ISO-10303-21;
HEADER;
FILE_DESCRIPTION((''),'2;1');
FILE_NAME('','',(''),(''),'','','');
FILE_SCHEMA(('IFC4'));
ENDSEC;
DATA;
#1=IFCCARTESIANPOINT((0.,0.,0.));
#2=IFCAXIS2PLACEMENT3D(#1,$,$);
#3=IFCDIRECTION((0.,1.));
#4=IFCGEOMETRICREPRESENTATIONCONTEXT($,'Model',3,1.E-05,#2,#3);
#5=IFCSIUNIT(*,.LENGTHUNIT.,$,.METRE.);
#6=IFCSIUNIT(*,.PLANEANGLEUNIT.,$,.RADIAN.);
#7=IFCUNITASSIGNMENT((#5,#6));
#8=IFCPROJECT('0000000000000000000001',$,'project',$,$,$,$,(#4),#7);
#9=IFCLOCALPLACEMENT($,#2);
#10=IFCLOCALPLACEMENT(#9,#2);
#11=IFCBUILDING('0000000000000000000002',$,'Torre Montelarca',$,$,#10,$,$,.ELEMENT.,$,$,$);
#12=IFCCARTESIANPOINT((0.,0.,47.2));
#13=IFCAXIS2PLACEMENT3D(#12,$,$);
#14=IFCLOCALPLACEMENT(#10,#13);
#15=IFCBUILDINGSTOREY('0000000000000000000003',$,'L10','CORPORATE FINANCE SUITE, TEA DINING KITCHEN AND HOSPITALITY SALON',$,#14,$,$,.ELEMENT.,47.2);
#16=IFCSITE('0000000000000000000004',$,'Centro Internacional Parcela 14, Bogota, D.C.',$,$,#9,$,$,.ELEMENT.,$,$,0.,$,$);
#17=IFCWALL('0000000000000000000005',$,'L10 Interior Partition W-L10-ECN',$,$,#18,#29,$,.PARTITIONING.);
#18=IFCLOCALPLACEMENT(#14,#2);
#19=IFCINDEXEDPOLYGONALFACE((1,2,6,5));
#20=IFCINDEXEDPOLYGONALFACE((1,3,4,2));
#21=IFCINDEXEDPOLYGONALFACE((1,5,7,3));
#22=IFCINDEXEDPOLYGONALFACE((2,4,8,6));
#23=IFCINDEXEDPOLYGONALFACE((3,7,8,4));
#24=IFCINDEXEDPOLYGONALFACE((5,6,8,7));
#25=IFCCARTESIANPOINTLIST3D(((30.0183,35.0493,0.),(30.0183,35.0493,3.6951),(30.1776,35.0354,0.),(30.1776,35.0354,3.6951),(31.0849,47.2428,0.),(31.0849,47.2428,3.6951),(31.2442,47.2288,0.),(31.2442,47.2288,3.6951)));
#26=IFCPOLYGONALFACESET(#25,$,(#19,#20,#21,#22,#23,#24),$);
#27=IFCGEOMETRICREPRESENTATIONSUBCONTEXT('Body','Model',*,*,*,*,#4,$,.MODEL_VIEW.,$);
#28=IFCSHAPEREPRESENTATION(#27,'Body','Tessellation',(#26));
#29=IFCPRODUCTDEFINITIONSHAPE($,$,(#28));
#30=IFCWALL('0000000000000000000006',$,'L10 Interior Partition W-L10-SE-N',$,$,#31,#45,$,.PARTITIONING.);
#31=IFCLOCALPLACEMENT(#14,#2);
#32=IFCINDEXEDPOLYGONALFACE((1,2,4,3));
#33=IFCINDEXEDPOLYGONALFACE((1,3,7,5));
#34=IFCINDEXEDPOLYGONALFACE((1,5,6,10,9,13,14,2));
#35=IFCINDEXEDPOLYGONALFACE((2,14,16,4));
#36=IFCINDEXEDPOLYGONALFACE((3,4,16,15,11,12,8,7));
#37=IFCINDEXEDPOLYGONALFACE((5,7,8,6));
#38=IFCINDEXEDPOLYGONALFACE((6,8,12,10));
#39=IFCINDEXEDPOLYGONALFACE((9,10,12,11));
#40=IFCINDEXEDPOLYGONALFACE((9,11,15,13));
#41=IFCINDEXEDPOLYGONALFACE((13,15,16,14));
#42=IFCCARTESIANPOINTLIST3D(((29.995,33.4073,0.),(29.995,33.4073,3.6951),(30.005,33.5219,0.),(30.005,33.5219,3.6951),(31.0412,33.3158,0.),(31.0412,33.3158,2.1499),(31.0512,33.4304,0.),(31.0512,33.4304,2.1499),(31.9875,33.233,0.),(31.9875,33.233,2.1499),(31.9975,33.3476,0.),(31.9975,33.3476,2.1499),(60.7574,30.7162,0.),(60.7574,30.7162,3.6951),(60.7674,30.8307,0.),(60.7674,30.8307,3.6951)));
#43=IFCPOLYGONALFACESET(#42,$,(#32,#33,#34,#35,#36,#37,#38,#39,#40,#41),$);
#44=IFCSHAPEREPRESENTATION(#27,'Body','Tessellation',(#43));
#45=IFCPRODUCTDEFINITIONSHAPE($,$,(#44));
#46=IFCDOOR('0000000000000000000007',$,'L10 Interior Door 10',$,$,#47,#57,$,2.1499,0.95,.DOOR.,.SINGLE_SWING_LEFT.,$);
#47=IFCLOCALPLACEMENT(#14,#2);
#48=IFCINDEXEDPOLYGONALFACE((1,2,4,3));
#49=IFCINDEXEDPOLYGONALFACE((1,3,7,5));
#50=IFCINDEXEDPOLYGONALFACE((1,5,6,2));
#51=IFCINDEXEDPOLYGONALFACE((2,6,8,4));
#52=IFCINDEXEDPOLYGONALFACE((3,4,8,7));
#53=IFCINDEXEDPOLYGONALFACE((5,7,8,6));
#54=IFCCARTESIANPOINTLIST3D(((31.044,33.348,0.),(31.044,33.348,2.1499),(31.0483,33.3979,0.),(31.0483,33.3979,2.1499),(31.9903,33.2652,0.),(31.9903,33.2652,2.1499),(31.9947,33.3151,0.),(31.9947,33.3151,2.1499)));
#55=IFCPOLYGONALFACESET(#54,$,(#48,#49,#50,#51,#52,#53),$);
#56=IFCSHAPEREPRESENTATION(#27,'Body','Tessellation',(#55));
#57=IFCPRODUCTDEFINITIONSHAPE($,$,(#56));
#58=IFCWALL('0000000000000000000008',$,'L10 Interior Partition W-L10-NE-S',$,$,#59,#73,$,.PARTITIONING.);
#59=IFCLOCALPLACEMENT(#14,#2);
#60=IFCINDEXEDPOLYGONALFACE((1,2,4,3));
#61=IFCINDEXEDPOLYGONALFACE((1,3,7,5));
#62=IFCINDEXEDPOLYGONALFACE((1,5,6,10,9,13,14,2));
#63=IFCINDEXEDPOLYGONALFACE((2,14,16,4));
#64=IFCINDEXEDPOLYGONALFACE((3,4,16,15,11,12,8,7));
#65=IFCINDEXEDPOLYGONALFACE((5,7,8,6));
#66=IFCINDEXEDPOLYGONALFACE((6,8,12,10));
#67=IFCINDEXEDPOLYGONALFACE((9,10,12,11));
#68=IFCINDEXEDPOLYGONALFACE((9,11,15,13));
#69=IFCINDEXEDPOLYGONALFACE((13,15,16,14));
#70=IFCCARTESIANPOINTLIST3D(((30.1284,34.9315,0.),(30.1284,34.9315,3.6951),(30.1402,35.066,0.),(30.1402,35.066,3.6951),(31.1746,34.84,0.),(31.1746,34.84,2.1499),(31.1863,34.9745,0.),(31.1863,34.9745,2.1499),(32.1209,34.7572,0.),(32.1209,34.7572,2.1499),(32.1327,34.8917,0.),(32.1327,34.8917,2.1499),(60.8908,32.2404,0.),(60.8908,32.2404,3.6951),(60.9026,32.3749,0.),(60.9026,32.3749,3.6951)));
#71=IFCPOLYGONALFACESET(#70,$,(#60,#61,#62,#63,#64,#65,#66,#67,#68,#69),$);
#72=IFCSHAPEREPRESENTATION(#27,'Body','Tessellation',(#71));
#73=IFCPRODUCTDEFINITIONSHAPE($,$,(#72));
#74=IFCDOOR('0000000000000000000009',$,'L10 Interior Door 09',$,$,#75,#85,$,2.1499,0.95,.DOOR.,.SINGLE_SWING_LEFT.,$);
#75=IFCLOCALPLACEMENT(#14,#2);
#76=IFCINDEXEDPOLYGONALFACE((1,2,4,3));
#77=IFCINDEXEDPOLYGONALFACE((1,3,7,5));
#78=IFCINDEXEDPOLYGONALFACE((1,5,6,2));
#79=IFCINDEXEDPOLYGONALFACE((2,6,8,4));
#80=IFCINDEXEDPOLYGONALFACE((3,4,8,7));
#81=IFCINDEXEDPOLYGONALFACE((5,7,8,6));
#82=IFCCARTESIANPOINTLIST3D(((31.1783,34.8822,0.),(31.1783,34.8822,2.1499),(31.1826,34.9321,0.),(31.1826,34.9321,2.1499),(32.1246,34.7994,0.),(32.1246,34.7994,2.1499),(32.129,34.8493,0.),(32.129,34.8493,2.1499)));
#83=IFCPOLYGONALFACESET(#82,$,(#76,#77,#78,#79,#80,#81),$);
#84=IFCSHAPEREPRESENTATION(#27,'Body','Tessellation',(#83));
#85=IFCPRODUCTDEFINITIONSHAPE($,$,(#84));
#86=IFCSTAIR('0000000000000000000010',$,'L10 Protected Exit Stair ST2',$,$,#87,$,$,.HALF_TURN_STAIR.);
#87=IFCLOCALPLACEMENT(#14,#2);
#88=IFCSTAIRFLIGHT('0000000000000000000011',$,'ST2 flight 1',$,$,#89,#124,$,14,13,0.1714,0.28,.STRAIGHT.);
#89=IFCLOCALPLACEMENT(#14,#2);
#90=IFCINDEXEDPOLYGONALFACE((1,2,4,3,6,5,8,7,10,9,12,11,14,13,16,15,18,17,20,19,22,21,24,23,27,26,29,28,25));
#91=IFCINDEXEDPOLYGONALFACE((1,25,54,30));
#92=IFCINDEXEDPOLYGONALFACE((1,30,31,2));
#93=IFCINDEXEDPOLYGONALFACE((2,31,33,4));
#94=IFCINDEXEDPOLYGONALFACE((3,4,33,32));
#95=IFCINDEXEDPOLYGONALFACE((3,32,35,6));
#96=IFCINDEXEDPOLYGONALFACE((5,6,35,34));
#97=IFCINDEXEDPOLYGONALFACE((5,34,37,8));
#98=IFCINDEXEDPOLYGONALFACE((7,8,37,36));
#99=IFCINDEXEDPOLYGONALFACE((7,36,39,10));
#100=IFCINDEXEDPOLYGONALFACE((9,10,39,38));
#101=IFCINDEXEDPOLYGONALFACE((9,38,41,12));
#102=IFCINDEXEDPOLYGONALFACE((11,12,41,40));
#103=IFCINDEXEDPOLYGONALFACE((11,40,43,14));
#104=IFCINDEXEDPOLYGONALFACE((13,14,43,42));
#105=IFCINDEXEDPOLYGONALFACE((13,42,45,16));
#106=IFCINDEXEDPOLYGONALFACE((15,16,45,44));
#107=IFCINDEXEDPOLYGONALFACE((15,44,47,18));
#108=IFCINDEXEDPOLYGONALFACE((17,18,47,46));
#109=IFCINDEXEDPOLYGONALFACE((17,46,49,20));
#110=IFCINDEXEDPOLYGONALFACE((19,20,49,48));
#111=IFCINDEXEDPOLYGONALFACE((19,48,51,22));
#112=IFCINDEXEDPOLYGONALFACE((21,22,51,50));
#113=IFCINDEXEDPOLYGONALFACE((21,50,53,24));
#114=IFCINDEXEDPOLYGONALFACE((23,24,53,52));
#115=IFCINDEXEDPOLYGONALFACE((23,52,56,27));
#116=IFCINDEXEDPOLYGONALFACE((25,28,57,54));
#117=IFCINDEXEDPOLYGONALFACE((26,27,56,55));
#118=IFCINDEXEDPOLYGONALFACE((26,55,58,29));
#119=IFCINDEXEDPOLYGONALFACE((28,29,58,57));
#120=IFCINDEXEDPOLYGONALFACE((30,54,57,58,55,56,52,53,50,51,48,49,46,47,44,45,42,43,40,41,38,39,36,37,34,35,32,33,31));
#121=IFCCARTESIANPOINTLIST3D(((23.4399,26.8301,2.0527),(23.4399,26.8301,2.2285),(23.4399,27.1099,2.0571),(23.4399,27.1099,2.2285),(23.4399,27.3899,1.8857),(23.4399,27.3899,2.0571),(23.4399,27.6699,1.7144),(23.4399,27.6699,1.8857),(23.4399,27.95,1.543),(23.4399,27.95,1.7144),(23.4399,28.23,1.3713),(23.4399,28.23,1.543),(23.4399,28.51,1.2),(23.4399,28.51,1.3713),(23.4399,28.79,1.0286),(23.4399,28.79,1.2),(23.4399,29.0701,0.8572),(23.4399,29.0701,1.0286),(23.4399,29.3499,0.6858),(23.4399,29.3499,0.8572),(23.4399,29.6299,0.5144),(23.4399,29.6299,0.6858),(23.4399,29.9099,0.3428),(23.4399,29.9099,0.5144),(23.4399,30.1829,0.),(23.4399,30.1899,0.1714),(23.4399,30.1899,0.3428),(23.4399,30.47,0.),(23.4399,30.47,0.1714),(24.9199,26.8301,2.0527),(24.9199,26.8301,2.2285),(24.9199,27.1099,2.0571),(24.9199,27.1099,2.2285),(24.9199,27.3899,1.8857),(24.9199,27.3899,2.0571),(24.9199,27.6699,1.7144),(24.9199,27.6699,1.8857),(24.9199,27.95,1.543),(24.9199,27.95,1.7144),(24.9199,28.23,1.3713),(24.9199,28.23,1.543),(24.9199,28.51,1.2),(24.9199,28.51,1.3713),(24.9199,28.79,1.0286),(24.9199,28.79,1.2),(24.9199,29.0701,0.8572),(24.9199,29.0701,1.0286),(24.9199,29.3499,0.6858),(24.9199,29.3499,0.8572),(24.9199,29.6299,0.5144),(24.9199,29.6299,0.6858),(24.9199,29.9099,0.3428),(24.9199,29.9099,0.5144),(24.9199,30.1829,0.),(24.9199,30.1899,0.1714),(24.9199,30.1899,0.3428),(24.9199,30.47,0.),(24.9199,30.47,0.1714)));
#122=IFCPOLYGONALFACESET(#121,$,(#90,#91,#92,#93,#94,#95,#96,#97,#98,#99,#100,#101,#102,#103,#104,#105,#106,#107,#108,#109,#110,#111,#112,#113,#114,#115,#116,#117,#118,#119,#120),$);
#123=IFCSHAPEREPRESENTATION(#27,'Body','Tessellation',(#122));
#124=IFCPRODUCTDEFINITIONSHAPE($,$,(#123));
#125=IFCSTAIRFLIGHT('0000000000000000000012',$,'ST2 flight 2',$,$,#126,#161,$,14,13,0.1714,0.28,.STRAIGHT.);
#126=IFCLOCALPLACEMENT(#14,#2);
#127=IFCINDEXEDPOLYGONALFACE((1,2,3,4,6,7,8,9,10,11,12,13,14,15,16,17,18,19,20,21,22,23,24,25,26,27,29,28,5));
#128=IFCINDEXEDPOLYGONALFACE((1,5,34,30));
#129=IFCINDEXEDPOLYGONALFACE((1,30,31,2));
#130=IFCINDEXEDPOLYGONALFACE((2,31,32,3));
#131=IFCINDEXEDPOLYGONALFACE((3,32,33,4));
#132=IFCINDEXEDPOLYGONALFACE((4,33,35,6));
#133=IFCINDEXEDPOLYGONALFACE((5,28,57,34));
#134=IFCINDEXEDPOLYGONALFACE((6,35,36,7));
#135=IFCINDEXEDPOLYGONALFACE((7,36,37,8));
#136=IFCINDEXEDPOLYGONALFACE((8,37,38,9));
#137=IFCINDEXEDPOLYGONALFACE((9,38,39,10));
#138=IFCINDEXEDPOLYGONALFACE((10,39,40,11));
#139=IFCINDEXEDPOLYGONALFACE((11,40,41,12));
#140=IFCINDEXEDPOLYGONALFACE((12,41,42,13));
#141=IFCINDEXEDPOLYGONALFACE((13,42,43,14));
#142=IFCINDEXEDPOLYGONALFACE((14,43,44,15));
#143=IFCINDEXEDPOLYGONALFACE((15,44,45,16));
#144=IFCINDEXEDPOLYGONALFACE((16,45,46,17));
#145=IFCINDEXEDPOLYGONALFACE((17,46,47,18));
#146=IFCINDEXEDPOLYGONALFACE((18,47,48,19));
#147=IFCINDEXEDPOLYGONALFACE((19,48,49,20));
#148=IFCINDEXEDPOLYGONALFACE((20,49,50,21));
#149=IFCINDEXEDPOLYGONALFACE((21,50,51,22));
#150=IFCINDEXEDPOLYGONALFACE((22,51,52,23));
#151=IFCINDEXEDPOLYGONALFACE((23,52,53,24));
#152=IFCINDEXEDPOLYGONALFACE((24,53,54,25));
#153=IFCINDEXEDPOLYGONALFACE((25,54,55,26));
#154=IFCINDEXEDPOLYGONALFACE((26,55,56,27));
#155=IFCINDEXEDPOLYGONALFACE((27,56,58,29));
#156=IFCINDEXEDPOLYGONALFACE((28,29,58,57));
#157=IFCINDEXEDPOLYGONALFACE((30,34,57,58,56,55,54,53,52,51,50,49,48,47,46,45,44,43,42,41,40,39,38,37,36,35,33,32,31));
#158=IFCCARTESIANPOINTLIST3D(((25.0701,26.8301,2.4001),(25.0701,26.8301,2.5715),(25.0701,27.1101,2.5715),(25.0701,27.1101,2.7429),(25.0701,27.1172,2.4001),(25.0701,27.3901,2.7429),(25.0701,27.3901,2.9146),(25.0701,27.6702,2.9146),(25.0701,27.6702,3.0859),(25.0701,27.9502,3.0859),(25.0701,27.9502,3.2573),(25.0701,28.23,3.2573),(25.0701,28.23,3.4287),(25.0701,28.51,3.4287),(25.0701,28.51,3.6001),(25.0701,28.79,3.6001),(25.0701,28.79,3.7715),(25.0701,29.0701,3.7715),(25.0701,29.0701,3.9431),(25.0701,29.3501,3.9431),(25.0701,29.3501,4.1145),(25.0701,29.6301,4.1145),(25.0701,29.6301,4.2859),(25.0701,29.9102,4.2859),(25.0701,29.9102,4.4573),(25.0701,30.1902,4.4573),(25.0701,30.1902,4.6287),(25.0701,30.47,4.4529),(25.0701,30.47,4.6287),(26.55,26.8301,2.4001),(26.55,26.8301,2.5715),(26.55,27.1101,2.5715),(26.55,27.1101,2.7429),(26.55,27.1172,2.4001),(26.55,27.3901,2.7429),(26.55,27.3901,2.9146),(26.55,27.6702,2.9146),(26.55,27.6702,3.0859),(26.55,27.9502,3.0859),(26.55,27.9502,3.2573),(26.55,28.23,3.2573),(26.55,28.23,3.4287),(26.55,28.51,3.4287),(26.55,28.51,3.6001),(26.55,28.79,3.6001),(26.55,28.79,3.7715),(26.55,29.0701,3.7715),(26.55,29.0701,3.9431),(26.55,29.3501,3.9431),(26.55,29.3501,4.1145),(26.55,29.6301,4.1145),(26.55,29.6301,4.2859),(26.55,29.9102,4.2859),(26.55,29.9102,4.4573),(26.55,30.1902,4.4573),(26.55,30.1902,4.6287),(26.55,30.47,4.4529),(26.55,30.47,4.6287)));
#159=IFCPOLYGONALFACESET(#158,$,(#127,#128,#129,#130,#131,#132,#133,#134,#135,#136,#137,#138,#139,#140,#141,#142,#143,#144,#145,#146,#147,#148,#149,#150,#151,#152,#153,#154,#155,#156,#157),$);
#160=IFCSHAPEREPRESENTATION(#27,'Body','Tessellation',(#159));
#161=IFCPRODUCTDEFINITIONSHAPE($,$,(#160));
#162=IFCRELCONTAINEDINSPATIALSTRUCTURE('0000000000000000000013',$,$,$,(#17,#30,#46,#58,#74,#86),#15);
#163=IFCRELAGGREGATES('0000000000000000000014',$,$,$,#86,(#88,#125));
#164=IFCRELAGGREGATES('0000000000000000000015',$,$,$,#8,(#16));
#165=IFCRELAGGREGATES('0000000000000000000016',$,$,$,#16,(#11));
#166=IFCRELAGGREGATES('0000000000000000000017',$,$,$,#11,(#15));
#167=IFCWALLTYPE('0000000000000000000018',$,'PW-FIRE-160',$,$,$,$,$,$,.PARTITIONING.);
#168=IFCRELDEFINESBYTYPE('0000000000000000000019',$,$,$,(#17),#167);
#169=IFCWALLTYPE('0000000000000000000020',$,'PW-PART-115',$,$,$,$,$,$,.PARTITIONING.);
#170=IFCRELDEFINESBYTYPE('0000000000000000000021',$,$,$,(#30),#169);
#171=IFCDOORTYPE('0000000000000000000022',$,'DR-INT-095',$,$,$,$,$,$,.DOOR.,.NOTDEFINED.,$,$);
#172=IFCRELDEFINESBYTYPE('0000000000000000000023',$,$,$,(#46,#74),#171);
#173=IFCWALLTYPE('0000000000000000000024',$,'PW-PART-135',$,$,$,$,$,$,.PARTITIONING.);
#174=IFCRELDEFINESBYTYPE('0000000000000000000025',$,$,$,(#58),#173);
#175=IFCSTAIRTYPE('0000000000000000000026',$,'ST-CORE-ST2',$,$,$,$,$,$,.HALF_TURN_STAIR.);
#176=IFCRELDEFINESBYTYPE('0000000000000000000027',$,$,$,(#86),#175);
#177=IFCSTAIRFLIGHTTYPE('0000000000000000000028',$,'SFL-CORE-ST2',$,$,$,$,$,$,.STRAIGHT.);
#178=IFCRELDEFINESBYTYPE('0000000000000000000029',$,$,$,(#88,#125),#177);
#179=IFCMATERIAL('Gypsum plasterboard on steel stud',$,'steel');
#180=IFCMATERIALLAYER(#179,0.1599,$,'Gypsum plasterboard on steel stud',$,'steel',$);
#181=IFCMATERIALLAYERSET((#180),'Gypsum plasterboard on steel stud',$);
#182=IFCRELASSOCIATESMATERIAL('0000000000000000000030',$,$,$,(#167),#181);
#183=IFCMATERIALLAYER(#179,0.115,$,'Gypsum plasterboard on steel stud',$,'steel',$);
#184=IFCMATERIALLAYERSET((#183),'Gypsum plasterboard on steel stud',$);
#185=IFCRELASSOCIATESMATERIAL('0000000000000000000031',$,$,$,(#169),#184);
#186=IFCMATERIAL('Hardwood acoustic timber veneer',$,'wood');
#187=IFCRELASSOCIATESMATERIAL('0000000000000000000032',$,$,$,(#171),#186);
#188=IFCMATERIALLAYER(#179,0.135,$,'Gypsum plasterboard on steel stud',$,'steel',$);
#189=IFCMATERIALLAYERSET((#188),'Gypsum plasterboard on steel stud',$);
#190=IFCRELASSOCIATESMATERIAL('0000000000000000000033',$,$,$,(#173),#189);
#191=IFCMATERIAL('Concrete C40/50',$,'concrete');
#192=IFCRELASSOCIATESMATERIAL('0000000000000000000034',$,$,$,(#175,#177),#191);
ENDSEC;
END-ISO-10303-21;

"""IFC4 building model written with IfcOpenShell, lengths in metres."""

from ifc_helpers import new_model, si_unit, direction, frame, frame_2d, origin, place, context, subcontext, project, spatial, polyline, rectangle, outline, extrude, source, transform, mapped, material, layer, layer_set, type_object, element, fill, aggregate, save


model = new_model("IFC4")

# Units and contexts
model_context = context("Model", 3, precision=1e-05, world=origin(), true_north=direction((0.0, 1.0)))
body_context = subcontext(model_context, "Body", "Model", "MODEL_VIEW")
ifc_project = project(units=[si_unit("LENGTHUNIT", "METRE"), si_unit("PLANEANGLEUNIT", "RADIAN")], contexts=[model_context])

# Site, building, storey
site_placement = place(None, origin())
site = spatial("IfcSite", under=ifc_project, at=site_placement, Name="Centro Internacional Parcela 14, Bogota, D.C.", CompositionType="ELEMENT", RefElevation=0.0)
building_placement = place(site_placement, origin())
building = spatial("IfcBuilding", under=site, at=building_placement, Name="Torre Montelarca", CompositionType="ELEMENT")
storey_placement = place(building_placement, frame((0.0, 0.0, 47.2)))
storey = spatial("IfcBuildingStorey", under=building, at=storey_placement, Name="L10", Description="CORPORATE FINANCE SUITE, TEA DINING KITCHEN AND HOSPITALITY SALON", CompositionType="ELEMENT", Elevation=47.2)

# Shared definitions
ifc_material_1 = material(Name="Concrete C40/50", Category="concrete")

# Wall
ifc_material_2 = material(Name="Gypsum plasterboard on steel stud", Category="steel")
ifc_layer_1 = layer(ifc_material_2, 0.1599, Name="Gypsum plasterboard on steel stud", Category="steel")
ifc_layer_set_1 = layer_set([ifc_layer_1], Name="Gypsum plasterboard on steel stud")
wall_type_1 = type_object("IfcWallType", Name="PW-FIRE-160", PredefinedType="PARTITIONING", material=ifc_layer_set_1)
wall_1_placement = place(storey_placement, frame((30.0979, 35.0422, 0.0), z_axis=(0.0, 0.0, 1.0), x_axis=(0.087145, 0.996196, 0.0)))
element("IfcWall", 1, at=wall_1_placement, inside=storey, type_object=wall_type_1, Name="L10 Interior Partition W-L10-ECN", PredefinedType="PARTITIONING", context=body_context, shape_type="SweptSolid", body=[
    extrude(rectangle(XDim=12.24, YDim=0.1599, at=frame_2d((6.1201, 0.0))), origin(), (0.0, 0.0, 1.0), 3.6951),
])

# Walls, openings, doors
ifc_layer_2 = layer(ifc_material_2, 0.115, Name="Gypsum plasterboard on steel stud", Category="steel")
ifc_layer_set_2 = layer_set([ifc_layer_2], Name="Gypsum plasterboard on steel stud")
wall_type_2 = type_object("IfcWallType", Name="PW-PART-115", PredefinedType="PARTITIONING", material=ifc_layer_set_2)
wall_2_placement = place(storey_placement, frame((30.0, 33.4646, 0.0), z_axis=(0.0, 0.0, 1.0), x_axis=(0.996195, -0.087149, 0.0)))
wall_2 = element("IfcWall", 2, at=wall_2_placement, inside=storey, type_object=wall_type_2, Name="L10 Interior Partition W-L10-SE-N", PredefinedType="PARTITIONING", context=body_context, shape_type="SweptSolid", body=[
    extrude(rectangle(XDim=30.8799, YDim=0.115, at=frame_2d((15.4399, 0.0))), origin(), (0.0, 0.0, 1.0), 3.6951),
])
opening_1_placement = place(wall_2_placement, frame((1.05, 0.0, 0.0)))
opening_1 = element("IfcOpeningElement", 3, at=opening_1_placement, cuts=wall_2, PredefinedType="OPENING", context=body_context, shape_type="SweptSolid", body=[
    extrude(rectangle(XDim=0.95, YDim=2.1499, at=frame_2d((0.4751, 1.075))), frame((0.0, 0.0674, 0.0), z_axis=(0.0, -1.0, 0.0), x_axis=(1.0, 0.0, 0.0)), (0.0, 0.0, 1.0), 0.135),
])
ifc_material_3 = material(Name="Hardwood acoustic timber veneer", Category="wood")
door_type_1 = type_object("IfcDoorType", Name="DR-INT-095", OperationType="NOTDEFINED", PredefinedType="DOOR", material=ifc_material_3)
shared_shape_1 = source(origin(), body_context, "Body", "SweptSolid", [
    extrude(rectangle(XDim=0.95, YDim=2.1499, at=frame_2d((0.4751, 1.075))), frame((0.0, 0.0249, 0.0), z_axis=(0.0, -1.0, 0.0), x_axis=(1.0, 0.0, 0.0)), (0.0, 0.0, 1.0), 0.05),
])
door_1_placement = place(opening_1_placement, origin())
door_1 = element("IfcDoor", 4, at=door_1_placement, inside=storey, type_object=door_type_1, Name="L10 Interior Door 10", OperationType="SINGLE_SWING_LEFT", OverallHeight=2.1499, OverallWidth=0.95, PredefinedType="DOOR", context=body_context, shape_type="MappedRepresentation", body=[
    mapped(shared_shape_1, transform((0.0, 0.0, 0.0), scale=1.0)),
])
fill(opening_1, door_1)
ifc_layer_3 = layer(ifc_material_2, 0.135, Name="Gypsum plasterboard on steel stud", Category="steel")
ifc_layer_set_3 = layer_set([ifc_layer_3], Name="Gypsum plasterboard on steel stud")
wall_type_3 = type_object("IfcWallType", Name="PW-PART-135", PredefinedType="PARTITIONING", material=ifc_layer_set_3)
wall_3_placement = place(storey_placement, frame((30.1343, 34.9988, 0.0), z_axis=(0.0, 0.0, 1.0), x_axis=(0.996195, -0.087149, 0.0)))
wall_3 = element("IfcWall", 5, at=wall_3_placement, inside=storey, type_object=wall_type_3, Name="L10 Interior Partition W-L10-NE-S", PredefinedType="PARTITIONING", context=body_context, shape_type="SweptSolid", body=[
    extrude(rectangle(XDim=30.8799, YDim=0.135, at=frame_2d((15.4399, 0.0))), origin(), (0.0, 0.0, 1.0), 3.6951),
])
opening_2_placement = place(wall_3_placement, frame((1.05, 0.0, 0.0)))
opening_2 = element("IfcOpeningElement", 6, at=opening_2_placement, cuts=wall_3, PredefinedType="OPENING", context=body_context, shape_type="SweptSolid", body=[
    extrude(rectangle(XDim=0.95, YDim=2.1499, at=frame_2d((0.4751, 1.075))), frame((0.0, 0.0776, 0.0), z_axis=(0.0, -1.0, 0.0), x_axis=(1.0, 0.0, 0.0)), (0.0, 0.0, 1.0), 0.155),
])
door_2_placement = place(opening_2_placement, origin())
door_2 = element("IfcDoor", 7, at=door_2_placement, inside=storey, type_object=door_type_1, Name="L10 Interior Door 09", OperationType="SINGLE_SWING_LEFT", OverallHeight=2.1499, OverallWidth=0.95, PredefinedType="DOOR", context=body_context, shape_type="MappedRepresentation", body=[
    mapped(shared_shape_1, transform((0.0, 0.0, 0.0), scale=1.0)),
])
fill(opening_2, door_2)

# Stair, stair flights
stair_type = type_object("IfcStairType", Name="ST-CORE-ST2", PredefinedType="HALF_TURN_STAIR", material=ifc_material_1)
stair_placement = place(storey_placement, origin())
stair = element("IfcStair", 8, at=stair_placement, inside=storey, type_object=stair_type, Name="L10 Protected Exit Stair ST2", PredefinedType="HALF_TURN_STAIR")
stair_flight_type = type_object("IfcStairFlightType", Name="SFL-CORE-ST2", PredefinedType="STRAIGHT", material=ifc_material_1)
stair_flight_1_placement = place(storey_placement, frame((24.1799, 30.47, 0.0), z_axis=(0.0, 0.0, 1.0), x_axis=(0.0, -1.0, 0.0)))
stair_flight_1 = element("IfcStairFlight", 9, at=stair_flight_1_placement, type_object=stair_flight_type, Name="ST2 flight 1", NumberOfRisers=14, NumberOfTreads=13, PredefinedType="STRAIGHT", RiserHeight=0.1714, TreadLength=0.28, context=body_context, shape_type="SweptSolid", body=[
    extrude(outline(polyline([(0.0, 0.0), (0.0, 0.1714), (0.28, 0.1714), (0.28, 0.3428), (0.5601, 0.3428), (0.5601, 0.5144), (0.8401, 0.5144), (0.8401, 0.6858), (1.1201, 0.6858), (1.1201, 0.8572), (1.3999, 0.8572), (1.3999, 1.0286), (1.6799, 1.0286), (1.6799, 1.2), (1.96, 1.2), (1.96, 1.3713), (2.24, 1.3713), (2.24, 1.543), (2.52, 1.543), (2.52, 1.7144), (2.8, 1.7144), (2.8, 1.8857), (3.0801, 1.8857), (3.0801, 2.0571), (3.3601, 2.0571), (3.3601, 2.2285), (3.6399, 2.2285), (3.6399, 2.3999), (3.6399, 2.0527), (0.2871, 0.0), (0.0, 0.0)])), frame((0.0, 0.74, 0.0), z_axis=(0.0, -1.0, 0.0), x_axis=(1.0, 0.0, 0.0)), (0.0, 0.0, 1.0), 1.48),
])
stair_flight_2_placement = place(storey_placement, frame((25.8101, 26.8301, 2.4001), z_axis=(0.0, 0.0, 1.0), x_axis=(0.0, 1.0, 0.0)))
stair_flight_2 = element("IfcStairFlight", 10, at=stair_flight_2_placement, type_object=stair_flight_type, Name="ST2 flight 2", NumberOfRisers=14, NumberOfTreads=13, PredefinedType="STRAIGHT", RiserHeight=0.1714, TreadLength=0.28, context=body_context, shape_type="SweptSolid", body=[
    extrude(outline(polyline([(0.0, 0.0), (0.0, 0.1714), (0.28, 0.1714), (0.28, 0.3428), (0.5601, 0.3428), (0.5601, 0.5144), (0.8401, 0.5144), (0.8401, 0.6858), (1.1201, 0.6858), (1.1201, 0.8572), (1.3999, 0.8572), (1.3999, 1.0286), (1.6799, 1.0286), (1.6799, 1.2), (1.96, 1.2), (1.96, 1.3713), (2.24, 1.3713), (2.24, 1.543), (2.52, 1.543), (2.52, 1.7144), (2.8, 1.7144), (2.8, 1.8857), (3.0801, 1.8857), (3.0801, 2.0571), (3.3601, 2.0571), (3.3601, 2.2285), (3.6399, 2.2285), (3.6399, 2.3999), (3.6399, 2.0527), (0.2871, 0.0), (0.0, 0.0)])), frame((0.0, 0.74, 0.0), z_axis=(0.0, -1.0, 0.0), x_axis=(1.0, 0.0, 0.0)), (0.0, 0.0, 1.0), 1.48),
])
aggregate(stair, [stair_flight_1, stair_flight_2])

save(model, "model.ifc")
